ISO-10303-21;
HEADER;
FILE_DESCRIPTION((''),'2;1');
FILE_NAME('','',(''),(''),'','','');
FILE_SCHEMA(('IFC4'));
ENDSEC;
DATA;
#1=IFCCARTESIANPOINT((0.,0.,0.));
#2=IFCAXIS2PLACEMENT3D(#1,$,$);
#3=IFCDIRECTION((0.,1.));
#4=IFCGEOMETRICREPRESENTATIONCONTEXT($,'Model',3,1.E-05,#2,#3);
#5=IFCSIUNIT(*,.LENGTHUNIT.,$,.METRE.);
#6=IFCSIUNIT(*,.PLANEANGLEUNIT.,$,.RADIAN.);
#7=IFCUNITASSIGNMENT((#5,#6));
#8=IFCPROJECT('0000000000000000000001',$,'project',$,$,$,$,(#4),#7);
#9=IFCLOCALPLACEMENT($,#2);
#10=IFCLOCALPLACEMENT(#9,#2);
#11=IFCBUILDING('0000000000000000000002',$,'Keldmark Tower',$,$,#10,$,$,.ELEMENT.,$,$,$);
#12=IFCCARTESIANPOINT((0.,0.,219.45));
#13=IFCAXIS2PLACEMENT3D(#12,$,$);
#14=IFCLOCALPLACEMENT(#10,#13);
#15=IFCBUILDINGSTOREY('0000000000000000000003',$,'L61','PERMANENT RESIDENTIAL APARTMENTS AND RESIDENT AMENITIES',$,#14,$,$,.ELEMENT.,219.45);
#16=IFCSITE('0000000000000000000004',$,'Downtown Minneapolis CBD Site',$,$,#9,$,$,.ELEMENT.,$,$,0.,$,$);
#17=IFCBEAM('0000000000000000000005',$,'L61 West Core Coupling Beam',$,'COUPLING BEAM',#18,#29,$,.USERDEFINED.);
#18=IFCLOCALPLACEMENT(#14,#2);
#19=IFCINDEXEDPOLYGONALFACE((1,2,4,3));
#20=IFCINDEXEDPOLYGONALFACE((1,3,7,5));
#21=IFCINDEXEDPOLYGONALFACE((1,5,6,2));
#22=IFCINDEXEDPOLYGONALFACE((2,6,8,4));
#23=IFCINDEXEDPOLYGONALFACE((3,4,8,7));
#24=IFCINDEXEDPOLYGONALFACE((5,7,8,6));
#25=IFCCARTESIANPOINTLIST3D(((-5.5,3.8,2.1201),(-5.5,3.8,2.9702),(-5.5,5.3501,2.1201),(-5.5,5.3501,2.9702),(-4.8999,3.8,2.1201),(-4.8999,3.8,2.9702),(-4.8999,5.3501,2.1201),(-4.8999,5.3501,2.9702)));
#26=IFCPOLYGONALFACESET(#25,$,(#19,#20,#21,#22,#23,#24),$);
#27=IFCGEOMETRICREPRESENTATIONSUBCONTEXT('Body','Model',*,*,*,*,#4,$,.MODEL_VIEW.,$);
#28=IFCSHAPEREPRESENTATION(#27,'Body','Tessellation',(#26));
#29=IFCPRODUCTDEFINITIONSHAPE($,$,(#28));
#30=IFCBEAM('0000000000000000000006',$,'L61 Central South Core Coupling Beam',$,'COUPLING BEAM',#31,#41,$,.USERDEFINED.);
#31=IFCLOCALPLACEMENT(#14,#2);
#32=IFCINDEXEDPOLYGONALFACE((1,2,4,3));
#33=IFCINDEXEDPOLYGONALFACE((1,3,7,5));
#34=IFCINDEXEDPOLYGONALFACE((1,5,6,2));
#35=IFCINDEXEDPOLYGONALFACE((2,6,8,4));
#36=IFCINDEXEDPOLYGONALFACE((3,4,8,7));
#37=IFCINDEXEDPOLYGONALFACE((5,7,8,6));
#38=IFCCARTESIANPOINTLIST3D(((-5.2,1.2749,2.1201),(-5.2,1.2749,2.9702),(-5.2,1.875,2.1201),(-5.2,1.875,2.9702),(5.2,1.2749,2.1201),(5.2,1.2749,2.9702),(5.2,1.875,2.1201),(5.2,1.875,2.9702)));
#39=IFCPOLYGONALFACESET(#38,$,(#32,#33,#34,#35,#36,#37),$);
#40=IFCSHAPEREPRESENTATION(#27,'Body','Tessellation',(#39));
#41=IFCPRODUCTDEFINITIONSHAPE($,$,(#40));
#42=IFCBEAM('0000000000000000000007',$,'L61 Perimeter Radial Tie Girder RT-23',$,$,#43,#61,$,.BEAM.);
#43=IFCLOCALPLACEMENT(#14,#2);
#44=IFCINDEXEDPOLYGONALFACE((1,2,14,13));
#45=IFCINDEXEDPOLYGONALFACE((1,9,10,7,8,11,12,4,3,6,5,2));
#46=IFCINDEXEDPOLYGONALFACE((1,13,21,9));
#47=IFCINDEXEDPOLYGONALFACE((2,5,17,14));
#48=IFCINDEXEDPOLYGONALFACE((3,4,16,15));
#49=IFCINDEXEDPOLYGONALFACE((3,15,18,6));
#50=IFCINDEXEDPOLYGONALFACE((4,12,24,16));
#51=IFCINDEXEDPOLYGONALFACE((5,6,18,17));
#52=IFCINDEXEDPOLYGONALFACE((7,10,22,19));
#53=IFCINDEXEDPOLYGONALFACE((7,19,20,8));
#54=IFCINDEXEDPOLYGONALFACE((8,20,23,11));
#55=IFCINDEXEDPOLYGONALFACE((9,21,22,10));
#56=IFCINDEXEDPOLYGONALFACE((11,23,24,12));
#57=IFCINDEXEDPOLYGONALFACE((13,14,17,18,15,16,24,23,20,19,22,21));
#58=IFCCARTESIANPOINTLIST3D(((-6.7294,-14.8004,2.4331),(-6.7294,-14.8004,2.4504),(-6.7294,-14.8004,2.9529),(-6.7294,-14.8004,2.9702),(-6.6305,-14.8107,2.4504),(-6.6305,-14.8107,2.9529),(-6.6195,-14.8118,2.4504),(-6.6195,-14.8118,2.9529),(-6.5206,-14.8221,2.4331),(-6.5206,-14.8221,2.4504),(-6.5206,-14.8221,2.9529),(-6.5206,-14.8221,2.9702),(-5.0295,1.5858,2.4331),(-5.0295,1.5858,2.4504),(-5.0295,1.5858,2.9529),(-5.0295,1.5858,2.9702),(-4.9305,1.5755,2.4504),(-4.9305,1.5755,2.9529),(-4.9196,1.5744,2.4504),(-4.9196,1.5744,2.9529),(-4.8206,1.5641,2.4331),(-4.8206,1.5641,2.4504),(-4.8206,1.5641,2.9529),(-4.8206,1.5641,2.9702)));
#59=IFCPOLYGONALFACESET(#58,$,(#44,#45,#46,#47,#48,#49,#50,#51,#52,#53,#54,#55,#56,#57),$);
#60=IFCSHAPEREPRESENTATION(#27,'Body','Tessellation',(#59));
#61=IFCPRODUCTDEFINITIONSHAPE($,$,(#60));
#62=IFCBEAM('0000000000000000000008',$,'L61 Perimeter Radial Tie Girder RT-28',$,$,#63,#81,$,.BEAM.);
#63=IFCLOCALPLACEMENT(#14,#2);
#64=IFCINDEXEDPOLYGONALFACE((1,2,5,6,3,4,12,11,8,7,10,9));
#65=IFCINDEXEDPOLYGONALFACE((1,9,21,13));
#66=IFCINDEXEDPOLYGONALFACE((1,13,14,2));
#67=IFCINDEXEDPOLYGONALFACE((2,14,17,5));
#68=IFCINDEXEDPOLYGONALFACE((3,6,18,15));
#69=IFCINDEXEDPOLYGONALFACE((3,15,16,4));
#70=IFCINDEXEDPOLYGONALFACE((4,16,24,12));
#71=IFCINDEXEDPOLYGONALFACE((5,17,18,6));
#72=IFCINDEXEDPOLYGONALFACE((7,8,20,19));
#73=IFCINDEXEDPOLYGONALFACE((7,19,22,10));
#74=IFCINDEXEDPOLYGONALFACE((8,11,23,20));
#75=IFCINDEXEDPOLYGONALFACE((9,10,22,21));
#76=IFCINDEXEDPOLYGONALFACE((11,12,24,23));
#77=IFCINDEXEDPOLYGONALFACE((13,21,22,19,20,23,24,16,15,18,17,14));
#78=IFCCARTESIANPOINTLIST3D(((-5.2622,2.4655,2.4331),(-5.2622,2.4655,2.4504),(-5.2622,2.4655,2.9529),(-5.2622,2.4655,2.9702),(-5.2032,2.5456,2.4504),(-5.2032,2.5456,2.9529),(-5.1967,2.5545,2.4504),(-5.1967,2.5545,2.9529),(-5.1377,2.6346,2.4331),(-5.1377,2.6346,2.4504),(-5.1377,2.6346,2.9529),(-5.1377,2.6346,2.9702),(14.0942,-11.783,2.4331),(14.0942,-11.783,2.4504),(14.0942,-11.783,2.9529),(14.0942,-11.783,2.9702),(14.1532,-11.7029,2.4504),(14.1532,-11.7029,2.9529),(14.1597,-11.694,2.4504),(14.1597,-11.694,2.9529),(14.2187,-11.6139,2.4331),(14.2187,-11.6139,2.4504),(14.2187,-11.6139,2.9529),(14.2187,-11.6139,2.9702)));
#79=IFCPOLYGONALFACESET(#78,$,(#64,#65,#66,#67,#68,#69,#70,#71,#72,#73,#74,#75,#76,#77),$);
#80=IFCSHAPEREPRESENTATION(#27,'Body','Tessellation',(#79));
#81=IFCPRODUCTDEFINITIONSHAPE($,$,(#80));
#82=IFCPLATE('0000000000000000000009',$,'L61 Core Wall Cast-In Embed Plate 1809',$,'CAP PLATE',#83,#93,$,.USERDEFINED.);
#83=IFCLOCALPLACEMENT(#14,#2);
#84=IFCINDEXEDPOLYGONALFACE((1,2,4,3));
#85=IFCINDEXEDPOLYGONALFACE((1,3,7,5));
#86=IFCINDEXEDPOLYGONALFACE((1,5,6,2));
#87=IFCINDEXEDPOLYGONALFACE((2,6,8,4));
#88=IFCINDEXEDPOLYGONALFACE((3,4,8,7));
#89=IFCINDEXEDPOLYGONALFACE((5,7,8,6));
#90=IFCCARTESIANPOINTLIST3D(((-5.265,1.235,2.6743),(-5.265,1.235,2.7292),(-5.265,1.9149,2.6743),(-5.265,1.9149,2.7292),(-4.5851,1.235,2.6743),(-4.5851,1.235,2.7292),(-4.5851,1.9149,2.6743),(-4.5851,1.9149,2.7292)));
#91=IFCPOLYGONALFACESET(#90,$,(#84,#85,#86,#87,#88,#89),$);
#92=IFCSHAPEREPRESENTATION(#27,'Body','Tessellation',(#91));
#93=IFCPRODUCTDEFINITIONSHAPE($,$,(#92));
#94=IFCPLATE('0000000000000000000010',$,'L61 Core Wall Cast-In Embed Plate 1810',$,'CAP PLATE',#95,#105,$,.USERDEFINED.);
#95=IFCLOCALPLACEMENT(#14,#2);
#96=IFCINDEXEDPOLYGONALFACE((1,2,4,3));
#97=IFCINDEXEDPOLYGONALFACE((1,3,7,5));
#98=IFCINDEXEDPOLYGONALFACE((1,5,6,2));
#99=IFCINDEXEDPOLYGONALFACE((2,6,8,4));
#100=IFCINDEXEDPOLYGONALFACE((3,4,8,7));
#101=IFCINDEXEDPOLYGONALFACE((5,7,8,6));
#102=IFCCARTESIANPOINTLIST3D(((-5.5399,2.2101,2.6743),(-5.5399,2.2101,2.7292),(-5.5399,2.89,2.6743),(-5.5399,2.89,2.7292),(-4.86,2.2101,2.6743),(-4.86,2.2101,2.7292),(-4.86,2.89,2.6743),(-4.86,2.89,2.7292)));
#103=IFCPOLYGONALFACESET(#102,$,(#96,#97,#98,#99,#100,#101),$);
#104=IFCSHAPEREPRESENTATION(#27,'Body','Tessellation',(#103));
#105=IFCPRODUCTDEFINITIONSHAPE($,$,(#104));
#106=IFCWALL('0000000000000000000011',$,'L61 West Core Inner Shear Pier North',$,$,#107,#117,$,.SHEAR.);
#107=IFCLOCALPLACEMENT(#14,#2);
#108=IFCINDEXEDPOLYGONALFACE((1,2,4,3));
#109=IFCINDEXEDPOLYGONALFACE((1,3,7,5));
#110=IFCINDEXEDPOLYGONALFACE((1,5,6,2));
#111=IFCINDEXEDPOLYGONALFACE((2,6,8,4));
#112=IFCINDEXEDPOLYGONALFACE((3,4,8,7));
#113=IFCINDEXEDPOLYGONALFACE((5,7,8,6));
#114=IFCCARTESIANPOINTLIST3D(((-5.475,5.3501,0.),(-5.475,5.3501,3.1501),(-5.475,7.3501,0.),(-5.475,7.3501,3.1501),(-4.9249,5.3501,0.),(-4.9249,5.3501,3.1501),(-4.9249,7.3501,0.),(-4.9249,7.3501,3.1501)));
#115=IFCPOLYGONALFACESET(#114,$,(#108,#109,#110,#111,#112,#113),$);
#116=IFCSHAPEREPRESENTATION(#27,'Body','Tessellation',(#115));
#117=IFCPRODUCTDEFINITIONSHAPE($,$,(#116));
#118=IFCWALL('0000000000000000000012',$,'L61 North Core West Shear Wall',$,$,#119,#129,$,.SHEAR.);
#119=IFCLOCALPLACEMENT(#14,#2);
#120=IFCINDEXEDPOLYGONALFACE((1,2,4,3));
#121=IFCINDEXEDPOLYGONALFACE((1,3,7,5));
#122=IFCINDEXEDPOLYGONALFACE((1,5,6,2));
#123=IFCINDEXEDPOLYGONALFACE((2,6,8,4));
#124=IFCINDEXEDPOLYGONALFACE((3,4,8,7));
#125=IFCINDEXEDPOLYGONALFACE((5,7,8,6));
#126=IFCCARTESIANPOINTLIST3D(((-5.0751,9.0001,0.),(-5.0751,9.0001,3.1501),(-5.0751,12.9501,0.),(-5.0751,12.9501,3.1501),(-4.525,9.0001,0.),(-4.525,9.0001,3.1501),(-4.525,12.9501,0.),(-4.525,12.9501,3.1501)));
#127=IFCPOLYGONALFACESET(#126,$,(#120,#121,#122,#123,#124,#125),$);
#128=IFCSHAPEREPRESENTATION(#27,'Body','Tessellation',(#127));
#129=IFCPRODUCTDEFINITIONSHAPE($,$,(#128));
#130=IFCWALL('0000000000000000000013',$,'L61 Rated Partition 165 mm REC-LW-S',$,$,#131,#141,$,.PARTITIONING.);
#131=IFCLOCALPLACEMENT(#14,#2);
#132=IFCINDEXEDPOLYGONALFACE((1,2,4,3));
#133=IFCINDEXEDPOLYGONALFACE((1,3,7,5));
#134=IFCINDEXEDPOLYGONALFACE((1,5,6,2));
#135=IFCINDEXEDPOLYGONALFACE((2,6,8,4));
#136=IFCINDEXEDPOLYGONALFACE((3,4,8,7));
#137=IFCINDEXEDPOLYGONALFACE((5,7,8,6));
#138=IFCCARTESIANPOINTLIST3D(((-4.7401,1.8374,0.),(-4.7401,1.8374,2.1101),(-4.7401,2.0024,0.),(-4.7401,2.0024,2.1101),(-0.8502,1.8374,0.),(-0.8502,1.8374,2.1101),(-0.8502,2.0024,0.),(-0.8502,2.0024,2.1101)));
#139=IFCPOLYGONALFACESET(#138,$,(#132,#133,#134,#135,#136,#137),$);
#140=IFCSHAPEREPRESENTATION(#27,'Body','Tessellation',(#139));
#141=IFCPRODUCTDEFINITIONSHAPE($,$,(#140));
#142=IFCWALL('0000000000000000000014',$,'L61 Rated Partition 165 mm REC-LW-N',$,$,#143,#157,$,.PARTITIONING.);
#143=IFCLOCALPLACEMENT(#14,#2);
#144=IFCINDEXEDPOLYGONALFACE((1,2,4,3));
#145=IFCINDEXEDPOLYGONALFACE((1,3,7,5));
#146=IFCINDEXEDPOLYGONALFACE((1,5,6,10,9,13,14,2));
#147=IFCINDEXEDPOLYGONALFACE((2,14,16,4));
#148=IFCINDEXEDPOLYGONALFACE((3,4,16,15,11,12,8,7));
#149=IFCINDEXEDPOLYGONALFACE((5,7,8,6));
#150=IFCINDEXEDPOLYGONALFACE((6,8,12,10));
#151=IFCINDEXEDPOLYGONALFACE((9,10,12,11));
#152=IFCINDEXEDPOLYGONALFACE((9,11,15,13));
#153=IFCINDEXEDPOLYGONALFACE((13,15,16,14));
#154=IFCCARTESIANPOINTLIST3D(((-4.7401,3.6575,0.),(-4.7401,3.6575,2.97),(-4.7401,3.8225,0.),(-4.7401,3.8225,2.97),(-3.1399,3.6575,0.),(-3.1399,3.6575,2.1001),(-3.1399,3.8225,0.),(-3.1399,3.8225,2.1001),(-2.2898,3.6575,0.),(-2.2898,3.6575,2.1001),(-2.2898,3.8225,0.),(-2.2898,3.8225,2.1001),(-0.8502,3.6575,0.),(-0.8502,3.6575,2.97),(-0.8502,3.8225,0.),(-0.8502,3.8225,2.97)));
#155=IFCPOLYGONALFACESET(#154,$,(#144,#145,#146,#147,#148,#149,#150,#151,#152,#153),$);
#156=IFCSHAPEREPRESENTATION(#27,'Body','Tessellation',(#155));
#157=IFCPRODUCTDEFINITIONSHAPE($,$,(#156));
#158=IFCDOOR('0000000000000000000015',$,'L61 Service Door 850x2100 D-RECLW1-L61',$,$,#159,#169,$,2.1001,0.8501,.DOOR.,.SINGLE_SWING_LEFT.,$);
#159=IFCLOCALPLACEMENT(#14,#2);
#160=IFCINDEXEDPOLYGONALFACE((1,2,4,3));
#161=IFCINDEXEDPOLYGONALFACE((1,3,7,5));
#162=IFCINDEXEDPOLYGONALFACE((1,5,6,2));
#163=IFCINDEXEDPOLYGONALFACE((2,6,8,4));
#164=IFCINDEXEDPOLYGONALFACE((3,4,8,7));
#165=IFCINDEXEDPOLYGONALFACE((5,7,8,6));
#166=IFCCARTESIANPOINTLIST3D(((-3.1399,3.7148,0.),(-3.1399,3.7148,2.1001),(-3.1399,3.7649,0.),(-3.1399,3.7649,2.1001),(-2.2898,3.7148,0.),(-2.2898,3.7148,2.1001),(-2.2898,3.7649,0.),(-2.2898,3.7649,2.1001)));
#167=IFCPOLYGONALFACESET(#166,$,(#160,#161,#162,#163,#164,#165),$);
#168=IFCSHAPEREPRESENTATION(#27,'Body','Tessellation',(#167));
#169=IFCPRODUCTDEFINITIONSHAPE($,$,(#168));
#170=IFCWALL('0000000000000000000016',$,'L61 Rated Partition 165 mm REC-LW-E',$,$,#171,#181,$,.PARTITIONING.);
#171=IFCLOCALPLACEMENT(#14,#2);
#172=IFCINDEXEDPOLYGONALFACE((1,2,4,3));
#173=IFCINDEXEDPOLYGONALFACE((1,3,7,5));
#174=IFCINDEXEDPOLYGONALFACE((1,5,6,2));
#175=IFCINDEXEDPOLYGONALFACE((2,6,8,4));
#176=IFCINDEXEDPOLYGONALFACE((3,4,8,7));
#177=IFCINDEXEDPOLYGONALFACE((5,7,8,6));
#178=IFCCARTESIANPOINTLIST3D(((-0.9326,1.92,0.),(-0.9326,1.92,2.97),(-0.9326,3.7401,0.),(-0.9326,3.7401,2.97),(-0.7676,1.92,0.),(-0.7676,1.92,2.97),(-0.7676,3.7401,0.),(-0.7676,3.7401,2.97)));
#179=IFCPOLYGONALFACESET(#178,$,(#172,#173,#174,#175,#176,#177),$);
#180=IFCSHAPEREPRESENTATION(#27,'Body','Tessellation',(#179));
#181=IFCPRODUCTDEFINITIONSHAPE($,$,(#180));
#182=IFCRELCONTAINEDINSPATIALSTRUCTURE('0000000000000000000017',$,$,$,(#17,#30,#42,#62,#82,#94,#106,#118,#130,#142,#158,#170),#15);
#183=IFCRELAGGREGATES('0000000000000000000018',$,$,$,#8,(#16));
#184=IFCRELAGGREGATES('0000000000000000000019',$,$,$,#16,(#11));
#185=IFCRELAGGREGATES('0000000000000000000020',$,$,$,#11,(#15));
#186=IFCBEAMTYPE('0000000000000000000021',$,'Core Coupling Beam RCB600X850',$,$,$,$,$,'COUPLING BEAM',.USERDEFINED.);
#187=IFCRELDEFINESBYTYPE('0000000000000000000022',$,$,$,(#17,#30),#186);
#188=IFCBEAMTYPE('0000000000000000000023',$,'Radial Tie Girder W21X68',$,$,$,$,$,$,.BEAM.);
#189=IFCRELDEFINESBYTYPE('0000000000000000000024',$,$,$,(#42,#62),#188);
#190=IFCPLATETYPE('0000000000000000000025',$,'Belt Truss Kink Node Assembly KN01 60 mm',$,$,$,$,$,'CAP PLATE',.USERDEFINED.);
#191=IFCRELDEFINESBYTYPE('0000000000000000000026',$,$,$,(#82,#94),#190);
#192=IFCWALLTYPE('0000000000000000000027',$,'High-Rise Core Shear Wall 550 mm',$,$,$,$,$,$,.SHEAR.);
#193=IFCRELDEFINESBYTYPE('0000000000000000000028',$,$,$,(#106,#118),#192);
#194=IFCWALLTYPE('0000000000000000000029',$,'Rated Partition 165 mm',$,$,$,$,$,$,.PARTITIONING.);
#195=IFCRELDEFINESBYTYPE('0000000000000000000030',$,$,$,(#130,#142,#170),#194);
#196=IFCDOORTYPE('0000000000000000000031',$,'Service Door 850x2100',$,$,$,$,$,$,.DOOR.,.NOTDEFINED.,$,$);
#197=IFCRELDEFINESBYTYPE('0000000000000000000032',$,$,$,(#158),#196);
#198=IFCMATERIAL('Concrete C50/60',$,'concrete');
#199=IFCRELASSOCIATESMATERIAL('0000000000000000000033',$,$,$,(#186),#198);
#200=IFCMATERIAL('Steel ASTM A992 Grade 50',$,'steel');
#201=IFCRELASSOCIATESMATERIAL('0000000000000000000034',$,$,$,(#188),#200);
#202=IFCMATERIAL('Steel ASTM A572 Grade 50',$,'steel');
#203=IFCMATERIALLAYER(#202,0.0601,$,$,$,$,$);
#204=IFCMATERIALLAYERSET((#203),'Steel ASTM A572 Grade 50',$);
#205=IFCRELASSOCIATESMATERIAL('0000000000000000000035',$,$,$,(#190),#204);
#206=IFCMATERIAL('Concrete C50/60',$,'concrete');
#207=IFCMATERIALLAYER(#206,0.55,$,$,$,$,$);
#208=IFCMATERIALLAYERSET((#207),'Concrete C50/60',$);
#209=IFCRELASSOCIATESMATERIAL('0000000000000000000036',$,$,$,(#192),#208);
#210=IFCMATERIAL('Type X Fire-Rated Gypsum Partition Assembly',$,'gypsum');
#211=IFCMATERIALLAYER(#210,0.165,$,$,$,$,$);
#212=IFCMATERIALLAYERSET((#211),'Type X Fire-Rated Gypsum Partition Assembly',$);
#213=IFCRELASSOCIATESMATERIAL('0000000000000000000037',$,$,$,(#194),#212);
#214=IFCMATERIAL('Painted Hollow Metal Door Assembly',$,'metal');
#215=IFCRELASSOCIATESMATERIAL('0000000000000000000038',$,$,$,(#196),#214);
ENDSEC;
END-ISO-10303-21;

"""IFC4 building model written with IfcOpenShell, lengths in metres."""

from ifc_helpers import new_model, si_unit, direction, frame, frame_2d, origin, origin_2d, place, context, subcontext, project, spatial, rectangle, i_section, extrude, material, layer, layer_set, material_profile, profile_set, type_object, element, fill, save


model = new_model("IFC4")

# Units and contexts
model_context = context("Model", 3, precision=1e-05, world=origin(), true_north=direction((0.0, 1.0)))
body_context = subcontext(model_context, "Body", "Model", "MODEL_VIEW")
ifc_project = project(units=[si_unit("LENGTHUNIT", "METRE"), si_unit("PLANEANGLEUNIT", "RADIAN")], contexts=[model_context])

# Site, building, storey
site_placement = place(None, origin())
site = spatial("IfcSite", under=ifc_project, at=site_placement, Name="Downtown Minneapolis CBD Site", CompositionType="ELEMENT", RefElevation=0.0)
building_placement = place(site_placement, origin())
building = spatial("IfcBuilding", under=site, at=building_placement, Name="Keldmark Tower", CompositionType="ELEMENT")
storey_placement = place(building_placement, frame((0.0, 0.0, 219.45)))
storey = spatial("IfcBuildingStorey", under=building, at=storey_placement, Name="L61", Description="PERMANENT RESIDENTIAL APARTMENTS AND RESIDENT AMENITIES", CompositionType="ELEMENT", Elevation=219.45)

# Beams
ifc_material_1 = material(Name="Concrete C50/60", Category="concrete")
ifc_material_profile_1 = material_profile(ifc_material_1, rectangle(XDim=0.6001, YDim=0.8501, at=origin_2d()), Name="RCB600X850")
ifc_profile_set_1 = profile_set([ifc_material_profile_1], Name="Concrete C50/60")
beam_type_1 = type_object("IfcBeamType", Name="Core Coupling Beam RCB600X850", ElementType="COUPLING BEAM", PredefinedType="USERDEFINED", material=ifc_profile_set_1)
beam_1_placement = place(storey_placement, frame((-5.2, 3.8, 2.5452), z_axis=(0.0, 1.0, 0.0), x_axis=(-1.0, 0.0, 0.0)))
element("IfcBeam", 1, at=beam_1_placement, inside=storey, type_object=beam_type_1, Name="L61 West Core Coupling Beam", ObjectType="COUPLING BEAM", PredefinedType="USERDEFINED", context=body_context, shape_type="SweptSolid", body=[
    extrude(rectangle(XDim=0.6001, YDim=0.8501, at=origin_2d()), origin(), (0.0, 0.0, 1.0), 1.55),
])
beam_2_placement = place(storey_placement, frame((-5.2, 1.575, 2.5452), z_axis=(1.0, 0.0, 0.0), x_axis=(0.0, 1.0, 0.0)))
element("IfcBeam", 2, at=beam_2_placement, inside=storey, type_object=beam_type_1, Name="L61 Central South Core Coupling Beam", ObjectType="COUPLING BEAM", PredefinedType="USERDEFINED", context=body_context, shape_type="SweptSolid", body=[
    extrude(rectangle(XDim=0.6001, YDim=0.8501, at=origin_2d()), origin(), (0.0, 0.0, 1.0), 10.3999),
])
ifc_material_2 = material(Name="Steel ASTM A992 Grade 50", Category="steel")
ifc_material_profile_2 = material_profile(ifc_material_2, i_section(OverallWidth=0.21, OverallDepth=0.5371, WebThickness=0.011, FlangeThickness=0.0173, at=origin_2d()), Name="W21X68")
ifc_profile_set_2 = profile_set([ifc_material_profile_2], Name="Steel ASTM A992 Grade 50")
beam_type_2 = type_object("IfcBeamType", Name="Radial Tie Girder W21X68", PredefinedType="BEAM", material=ifc_profile_set_2)
beam_3_placement = place(storey_placement, frame((-4.925, 1.575, 2.7017), z_axis=(-0.103189, -0.994662, 0.0), x_axis=(0.994662, -0.103189, 0.0)))
element("IfcBeam", 3, at=beam_3_placement, inside=storey, type_object=beam_type_2, Name="L61 Perimeter Radial Tie Girder RT-23", PredefinedType="BEAM", context=body_context, shape_type="SweptSolid", body=[
    extrude(i_section(OverallWidth=0.21, OverallDepth=0.5371, WebThickness=0.011, FlangeThickness=0.0173, at=origin_2d()), origin(), (0.0, 0.0, 1.0), 16.4741),
])
beam_4_placement = place(storey_placement, frame((-5.2, 2.55, 2.7017), z_axis=(0.805336, -0.592819, 0.0), x_axis=(0.592819, 0.805336, 0.0)))
element("IfcBeam", 4, at=beam_4_placement, inside=storey, type_object=beam_type_2, Name="L61 Perimeter Radial Tie Girder RT-28", PredefinedType="BEAM", context=body_context, shape_type="SweptSolid", body=[
    extrude(i_section(OverallWidth=0.21, OverallDepth=0.5371, WebThickness=0.011, FlangeThickness=0.0173, at=origin_2d()), origin(), (0.0, 0.0, 1.0), 24.0352),
])

# Plates
ifc_material_3 = material(Name="Steel ASTM A572 Grade 50", Category="steel")
ifc_layer_1 = layer(ifc_material_3, 0.0601)
ifc_layer_set_1 = layer_set([ifc_layer_1], Name="Steel ASTM A572 Grade 50")
plate_type = type_object("IfcPlateType", Name="Belt Truss Kink Node Assembly KN01 60 mm", ElementType="CAP PLATE", PredefinedType="USERDEFINED", material=ifc_layer_set_1)
for number, where, z_axis, x_axis, name in (
    (5, (-4.925, 1.575, 2.6743), (0.0, 0.0, 1.0), (1.0, 0.0, 0.0), "L61 Core Wall Cast-In Embed Plate 1809"),
    (6, (-5.2, 2.55, 2.6743), (0.0, 0.0, 1.0), (1.0, 0.0, 0.0), "L61 Core Wall Cast-In Embed Plate 1810"),
):
    element("IfcPlate", number, at=place(storey_placement, frame(where, z_axis=z_axis, x_axis=x_axis)), inside=storey, type_object=plate_type, Name=name, ObjectType="CAP PLATE", PredefinedType="USERDEFINED", context=body_context, shape_type="SweptSolid", body=[
        extrude(rectangle(XDim=0.6799, YDim=0.6799, at=origin_2d()), origin(), (0.0, 0.0, 1.0), 0.0549),
    ])

# Shared definitions
ifc_material_4 = material(Name="Concrete C50/60", Category="concrete")
ifc_layer_2 = layer(ifc_material_4, 0.55)
ifc_layer_set_2 = layer_set([ifc_layer_2], Name="Concrete C50/60")
wall_type_1 = type_object("IfcWallType", Name="High-Rise Core Shear Wall 550 mm", PredefinedType="SHEAR", material=ifc_layer_set_2)

# Walls
wall_1_placement = place(storey_placement, frame((-5.2, 5.3501, 0.0), z_axis=(0.0, 0.0, 1.0), x_axis=(0.0, 1.0, 0.0)))
element("IfcWall", 7, at=wall_1_placement, inside=storey, type_object=wall_type_1, Name="L61 West Core Inner Shear Pier North", PredefinedType="SHEAR", context=body_context, shape_type="SweptSolid", body=[
    extrude(rectangle(XDim=2.0, YDim=0.55, at=frame_2d((1.0, 0.0))), origin(), (0.0, 0.0, 1.0), 3.1501),
])
wall_2_placement = place(storey_placement, frame((-4.8, 9.0, 0.0), z_axis=(0.0, 0.0, 1.0), x_axis=(0.0, 1.0, 0.0)))
element("IfcWall", 8, at=wall_2_placement, inside=storey, type_object=wall_type_1, Name="L61 North Core West Shear Wall", PredefinedType="SHEAR", context=body_context, shape_type="SweptSolid", body=[
    extrude(rectangle(XDim=3.95, YDim=0.55, at=frame_2d((1.9751, 0.0))), origin(), (0.0, 0.0, 1.0), 3.1501),
])
ifc_material_5 = material(Name="Type X Fire-Rated Gypsum Partition Assembly", Category="gypsum")
ifc_layer_3 = layer(ifc_material_5, 0.165)
ifc_layer_set_3 = layer_set([ifc_layer_3], Name="Type X Fire-Rated Gypsum Partition Assembly")
wall_type_2 = type_object("IfcWallType", Name="Rated Partition 165 mm", PredefinedType="PARTITIONING", material=ifc_layer_set_3)
wall_3_placement = place(storey_placement, frame((-4.74, 1.9199, 0.0), z_axis=(0.0, 0.0, 1.0), x_axis=(1.0, 0.0, 0.0)))
element("IfcWall", 9, at=wall_3_placement, inside=storey, type_object=wall_type_2, Name="L61 Rated Partition 165 mm REC-LW-S", PredefinedType="PARTITIONING", context=body_context, shape_type="SweptSolid", body=[
    extrude(rectangle(XDim=3.8899, YDim=0.165, at=frame_2d((1.9448, 0.0))), origin(), (0.0, 0.0, 1.0), 2.1101),
])

# Wall, opening, door
wall_4_placement = place(storey_placement, frame((-4.74, 3.74, 0.0), z_axis=(0.0, 0.0, 1.0), x_axis=(1.0, 0.0, 0.0)))
wall_4 = element("IfcWall", 10, at=wall_4_placement, inside=storey, type_object=wall_type_2, Name="L61 Rated Partition 165 mm REC-LW-N", PredefinedType="PARTITIONING", context=body_context, shape_type="SweptSolid", body=[
    extrude(rectangle(XDim=3.8899, YDim=0.165, at=frame_2d((1.9448, 0.0))), origin(), (0.0, 0.0, 1.0), 2.97),
])
opening_1_placement = place(wall_4_placement, frame((1.6001, 0.0, 0.0)))
opening_1 = element("IfcOpeningElement", 11, at=opening_1_placement, cuts=wall_4, PredefinedType="OPENING", context=body_context, shape_type="SweptSolid", body=[
    extrude(rectangle(XDim=0.8501, YDim=2.1001, at=frame_2d((0.425, 1.05))), frame((0.0, 0.0925, 0.0), z_axis=(0.0, -1.0, 0.0), x_axis=(1.0, 0.0, 0.0)), (0.0, 0.0, 1.0), 0.1851),
])
ifc_material_6 = material(Name="Painted Hollow Metal Door Assembly", Category="metal")
door_type_1 = type_object("IfcDoorType", Name="Service Door 850x2100", OperationType="NOTDEFINED", PredefinedType="DOOR", material=ifc_material_6)
door_1_placement = place(opening_1_placement, origin())
door_1 = element("IfcDoor", 12, at=door_1_placement, inside=storey, type_object=door_type_1, Name="L61 Service Door 850x2100 D-RECLW1-L61", OperationType="SINGLE_SWING_LEFT", OverallHeight=2.1001, OverallWidth=0.8501, PredefinedType="DOOR", context=body_context, shape_type="SweptSolid", body=[
    extrude(rectangle(XDim=0.8501, YDim=2.1001, at=frame_2d((0.425, 1.05))), frame((0.0, 0.0249, 0.0), z_axis=(0.0, -1.0, 0.0), x_axis=(1.0, 0.0, 0.0)), (0.0, 0.0, 1.0), 0.05),
])
fill(opening_1, door_1)

# Wall
wall_5_placement = place(storey_placement, frame((-0.8501, 1.9199, 0.0), z_axis=(0.0, 0.0, 1.0), x_axis=(0.0, 1.0, 0.0)))
element("IfcWall", 13, at=wall_5_placement, inside=storey, type_object=wall_type_2, Name="L61 Rated Partition 165 mm REC-LW-E", PredefinedType="PARTITIONING", context=body_context, shape_type="SweptSolid", body=[
    extrude(rectangle(XDim=1.8201, YDim=0.165, at=frame_2d((0.9102, 0.0))), origin(), (0.0, 0.0, 1.0), 2.97),
])

save(model, "model.ifc")
